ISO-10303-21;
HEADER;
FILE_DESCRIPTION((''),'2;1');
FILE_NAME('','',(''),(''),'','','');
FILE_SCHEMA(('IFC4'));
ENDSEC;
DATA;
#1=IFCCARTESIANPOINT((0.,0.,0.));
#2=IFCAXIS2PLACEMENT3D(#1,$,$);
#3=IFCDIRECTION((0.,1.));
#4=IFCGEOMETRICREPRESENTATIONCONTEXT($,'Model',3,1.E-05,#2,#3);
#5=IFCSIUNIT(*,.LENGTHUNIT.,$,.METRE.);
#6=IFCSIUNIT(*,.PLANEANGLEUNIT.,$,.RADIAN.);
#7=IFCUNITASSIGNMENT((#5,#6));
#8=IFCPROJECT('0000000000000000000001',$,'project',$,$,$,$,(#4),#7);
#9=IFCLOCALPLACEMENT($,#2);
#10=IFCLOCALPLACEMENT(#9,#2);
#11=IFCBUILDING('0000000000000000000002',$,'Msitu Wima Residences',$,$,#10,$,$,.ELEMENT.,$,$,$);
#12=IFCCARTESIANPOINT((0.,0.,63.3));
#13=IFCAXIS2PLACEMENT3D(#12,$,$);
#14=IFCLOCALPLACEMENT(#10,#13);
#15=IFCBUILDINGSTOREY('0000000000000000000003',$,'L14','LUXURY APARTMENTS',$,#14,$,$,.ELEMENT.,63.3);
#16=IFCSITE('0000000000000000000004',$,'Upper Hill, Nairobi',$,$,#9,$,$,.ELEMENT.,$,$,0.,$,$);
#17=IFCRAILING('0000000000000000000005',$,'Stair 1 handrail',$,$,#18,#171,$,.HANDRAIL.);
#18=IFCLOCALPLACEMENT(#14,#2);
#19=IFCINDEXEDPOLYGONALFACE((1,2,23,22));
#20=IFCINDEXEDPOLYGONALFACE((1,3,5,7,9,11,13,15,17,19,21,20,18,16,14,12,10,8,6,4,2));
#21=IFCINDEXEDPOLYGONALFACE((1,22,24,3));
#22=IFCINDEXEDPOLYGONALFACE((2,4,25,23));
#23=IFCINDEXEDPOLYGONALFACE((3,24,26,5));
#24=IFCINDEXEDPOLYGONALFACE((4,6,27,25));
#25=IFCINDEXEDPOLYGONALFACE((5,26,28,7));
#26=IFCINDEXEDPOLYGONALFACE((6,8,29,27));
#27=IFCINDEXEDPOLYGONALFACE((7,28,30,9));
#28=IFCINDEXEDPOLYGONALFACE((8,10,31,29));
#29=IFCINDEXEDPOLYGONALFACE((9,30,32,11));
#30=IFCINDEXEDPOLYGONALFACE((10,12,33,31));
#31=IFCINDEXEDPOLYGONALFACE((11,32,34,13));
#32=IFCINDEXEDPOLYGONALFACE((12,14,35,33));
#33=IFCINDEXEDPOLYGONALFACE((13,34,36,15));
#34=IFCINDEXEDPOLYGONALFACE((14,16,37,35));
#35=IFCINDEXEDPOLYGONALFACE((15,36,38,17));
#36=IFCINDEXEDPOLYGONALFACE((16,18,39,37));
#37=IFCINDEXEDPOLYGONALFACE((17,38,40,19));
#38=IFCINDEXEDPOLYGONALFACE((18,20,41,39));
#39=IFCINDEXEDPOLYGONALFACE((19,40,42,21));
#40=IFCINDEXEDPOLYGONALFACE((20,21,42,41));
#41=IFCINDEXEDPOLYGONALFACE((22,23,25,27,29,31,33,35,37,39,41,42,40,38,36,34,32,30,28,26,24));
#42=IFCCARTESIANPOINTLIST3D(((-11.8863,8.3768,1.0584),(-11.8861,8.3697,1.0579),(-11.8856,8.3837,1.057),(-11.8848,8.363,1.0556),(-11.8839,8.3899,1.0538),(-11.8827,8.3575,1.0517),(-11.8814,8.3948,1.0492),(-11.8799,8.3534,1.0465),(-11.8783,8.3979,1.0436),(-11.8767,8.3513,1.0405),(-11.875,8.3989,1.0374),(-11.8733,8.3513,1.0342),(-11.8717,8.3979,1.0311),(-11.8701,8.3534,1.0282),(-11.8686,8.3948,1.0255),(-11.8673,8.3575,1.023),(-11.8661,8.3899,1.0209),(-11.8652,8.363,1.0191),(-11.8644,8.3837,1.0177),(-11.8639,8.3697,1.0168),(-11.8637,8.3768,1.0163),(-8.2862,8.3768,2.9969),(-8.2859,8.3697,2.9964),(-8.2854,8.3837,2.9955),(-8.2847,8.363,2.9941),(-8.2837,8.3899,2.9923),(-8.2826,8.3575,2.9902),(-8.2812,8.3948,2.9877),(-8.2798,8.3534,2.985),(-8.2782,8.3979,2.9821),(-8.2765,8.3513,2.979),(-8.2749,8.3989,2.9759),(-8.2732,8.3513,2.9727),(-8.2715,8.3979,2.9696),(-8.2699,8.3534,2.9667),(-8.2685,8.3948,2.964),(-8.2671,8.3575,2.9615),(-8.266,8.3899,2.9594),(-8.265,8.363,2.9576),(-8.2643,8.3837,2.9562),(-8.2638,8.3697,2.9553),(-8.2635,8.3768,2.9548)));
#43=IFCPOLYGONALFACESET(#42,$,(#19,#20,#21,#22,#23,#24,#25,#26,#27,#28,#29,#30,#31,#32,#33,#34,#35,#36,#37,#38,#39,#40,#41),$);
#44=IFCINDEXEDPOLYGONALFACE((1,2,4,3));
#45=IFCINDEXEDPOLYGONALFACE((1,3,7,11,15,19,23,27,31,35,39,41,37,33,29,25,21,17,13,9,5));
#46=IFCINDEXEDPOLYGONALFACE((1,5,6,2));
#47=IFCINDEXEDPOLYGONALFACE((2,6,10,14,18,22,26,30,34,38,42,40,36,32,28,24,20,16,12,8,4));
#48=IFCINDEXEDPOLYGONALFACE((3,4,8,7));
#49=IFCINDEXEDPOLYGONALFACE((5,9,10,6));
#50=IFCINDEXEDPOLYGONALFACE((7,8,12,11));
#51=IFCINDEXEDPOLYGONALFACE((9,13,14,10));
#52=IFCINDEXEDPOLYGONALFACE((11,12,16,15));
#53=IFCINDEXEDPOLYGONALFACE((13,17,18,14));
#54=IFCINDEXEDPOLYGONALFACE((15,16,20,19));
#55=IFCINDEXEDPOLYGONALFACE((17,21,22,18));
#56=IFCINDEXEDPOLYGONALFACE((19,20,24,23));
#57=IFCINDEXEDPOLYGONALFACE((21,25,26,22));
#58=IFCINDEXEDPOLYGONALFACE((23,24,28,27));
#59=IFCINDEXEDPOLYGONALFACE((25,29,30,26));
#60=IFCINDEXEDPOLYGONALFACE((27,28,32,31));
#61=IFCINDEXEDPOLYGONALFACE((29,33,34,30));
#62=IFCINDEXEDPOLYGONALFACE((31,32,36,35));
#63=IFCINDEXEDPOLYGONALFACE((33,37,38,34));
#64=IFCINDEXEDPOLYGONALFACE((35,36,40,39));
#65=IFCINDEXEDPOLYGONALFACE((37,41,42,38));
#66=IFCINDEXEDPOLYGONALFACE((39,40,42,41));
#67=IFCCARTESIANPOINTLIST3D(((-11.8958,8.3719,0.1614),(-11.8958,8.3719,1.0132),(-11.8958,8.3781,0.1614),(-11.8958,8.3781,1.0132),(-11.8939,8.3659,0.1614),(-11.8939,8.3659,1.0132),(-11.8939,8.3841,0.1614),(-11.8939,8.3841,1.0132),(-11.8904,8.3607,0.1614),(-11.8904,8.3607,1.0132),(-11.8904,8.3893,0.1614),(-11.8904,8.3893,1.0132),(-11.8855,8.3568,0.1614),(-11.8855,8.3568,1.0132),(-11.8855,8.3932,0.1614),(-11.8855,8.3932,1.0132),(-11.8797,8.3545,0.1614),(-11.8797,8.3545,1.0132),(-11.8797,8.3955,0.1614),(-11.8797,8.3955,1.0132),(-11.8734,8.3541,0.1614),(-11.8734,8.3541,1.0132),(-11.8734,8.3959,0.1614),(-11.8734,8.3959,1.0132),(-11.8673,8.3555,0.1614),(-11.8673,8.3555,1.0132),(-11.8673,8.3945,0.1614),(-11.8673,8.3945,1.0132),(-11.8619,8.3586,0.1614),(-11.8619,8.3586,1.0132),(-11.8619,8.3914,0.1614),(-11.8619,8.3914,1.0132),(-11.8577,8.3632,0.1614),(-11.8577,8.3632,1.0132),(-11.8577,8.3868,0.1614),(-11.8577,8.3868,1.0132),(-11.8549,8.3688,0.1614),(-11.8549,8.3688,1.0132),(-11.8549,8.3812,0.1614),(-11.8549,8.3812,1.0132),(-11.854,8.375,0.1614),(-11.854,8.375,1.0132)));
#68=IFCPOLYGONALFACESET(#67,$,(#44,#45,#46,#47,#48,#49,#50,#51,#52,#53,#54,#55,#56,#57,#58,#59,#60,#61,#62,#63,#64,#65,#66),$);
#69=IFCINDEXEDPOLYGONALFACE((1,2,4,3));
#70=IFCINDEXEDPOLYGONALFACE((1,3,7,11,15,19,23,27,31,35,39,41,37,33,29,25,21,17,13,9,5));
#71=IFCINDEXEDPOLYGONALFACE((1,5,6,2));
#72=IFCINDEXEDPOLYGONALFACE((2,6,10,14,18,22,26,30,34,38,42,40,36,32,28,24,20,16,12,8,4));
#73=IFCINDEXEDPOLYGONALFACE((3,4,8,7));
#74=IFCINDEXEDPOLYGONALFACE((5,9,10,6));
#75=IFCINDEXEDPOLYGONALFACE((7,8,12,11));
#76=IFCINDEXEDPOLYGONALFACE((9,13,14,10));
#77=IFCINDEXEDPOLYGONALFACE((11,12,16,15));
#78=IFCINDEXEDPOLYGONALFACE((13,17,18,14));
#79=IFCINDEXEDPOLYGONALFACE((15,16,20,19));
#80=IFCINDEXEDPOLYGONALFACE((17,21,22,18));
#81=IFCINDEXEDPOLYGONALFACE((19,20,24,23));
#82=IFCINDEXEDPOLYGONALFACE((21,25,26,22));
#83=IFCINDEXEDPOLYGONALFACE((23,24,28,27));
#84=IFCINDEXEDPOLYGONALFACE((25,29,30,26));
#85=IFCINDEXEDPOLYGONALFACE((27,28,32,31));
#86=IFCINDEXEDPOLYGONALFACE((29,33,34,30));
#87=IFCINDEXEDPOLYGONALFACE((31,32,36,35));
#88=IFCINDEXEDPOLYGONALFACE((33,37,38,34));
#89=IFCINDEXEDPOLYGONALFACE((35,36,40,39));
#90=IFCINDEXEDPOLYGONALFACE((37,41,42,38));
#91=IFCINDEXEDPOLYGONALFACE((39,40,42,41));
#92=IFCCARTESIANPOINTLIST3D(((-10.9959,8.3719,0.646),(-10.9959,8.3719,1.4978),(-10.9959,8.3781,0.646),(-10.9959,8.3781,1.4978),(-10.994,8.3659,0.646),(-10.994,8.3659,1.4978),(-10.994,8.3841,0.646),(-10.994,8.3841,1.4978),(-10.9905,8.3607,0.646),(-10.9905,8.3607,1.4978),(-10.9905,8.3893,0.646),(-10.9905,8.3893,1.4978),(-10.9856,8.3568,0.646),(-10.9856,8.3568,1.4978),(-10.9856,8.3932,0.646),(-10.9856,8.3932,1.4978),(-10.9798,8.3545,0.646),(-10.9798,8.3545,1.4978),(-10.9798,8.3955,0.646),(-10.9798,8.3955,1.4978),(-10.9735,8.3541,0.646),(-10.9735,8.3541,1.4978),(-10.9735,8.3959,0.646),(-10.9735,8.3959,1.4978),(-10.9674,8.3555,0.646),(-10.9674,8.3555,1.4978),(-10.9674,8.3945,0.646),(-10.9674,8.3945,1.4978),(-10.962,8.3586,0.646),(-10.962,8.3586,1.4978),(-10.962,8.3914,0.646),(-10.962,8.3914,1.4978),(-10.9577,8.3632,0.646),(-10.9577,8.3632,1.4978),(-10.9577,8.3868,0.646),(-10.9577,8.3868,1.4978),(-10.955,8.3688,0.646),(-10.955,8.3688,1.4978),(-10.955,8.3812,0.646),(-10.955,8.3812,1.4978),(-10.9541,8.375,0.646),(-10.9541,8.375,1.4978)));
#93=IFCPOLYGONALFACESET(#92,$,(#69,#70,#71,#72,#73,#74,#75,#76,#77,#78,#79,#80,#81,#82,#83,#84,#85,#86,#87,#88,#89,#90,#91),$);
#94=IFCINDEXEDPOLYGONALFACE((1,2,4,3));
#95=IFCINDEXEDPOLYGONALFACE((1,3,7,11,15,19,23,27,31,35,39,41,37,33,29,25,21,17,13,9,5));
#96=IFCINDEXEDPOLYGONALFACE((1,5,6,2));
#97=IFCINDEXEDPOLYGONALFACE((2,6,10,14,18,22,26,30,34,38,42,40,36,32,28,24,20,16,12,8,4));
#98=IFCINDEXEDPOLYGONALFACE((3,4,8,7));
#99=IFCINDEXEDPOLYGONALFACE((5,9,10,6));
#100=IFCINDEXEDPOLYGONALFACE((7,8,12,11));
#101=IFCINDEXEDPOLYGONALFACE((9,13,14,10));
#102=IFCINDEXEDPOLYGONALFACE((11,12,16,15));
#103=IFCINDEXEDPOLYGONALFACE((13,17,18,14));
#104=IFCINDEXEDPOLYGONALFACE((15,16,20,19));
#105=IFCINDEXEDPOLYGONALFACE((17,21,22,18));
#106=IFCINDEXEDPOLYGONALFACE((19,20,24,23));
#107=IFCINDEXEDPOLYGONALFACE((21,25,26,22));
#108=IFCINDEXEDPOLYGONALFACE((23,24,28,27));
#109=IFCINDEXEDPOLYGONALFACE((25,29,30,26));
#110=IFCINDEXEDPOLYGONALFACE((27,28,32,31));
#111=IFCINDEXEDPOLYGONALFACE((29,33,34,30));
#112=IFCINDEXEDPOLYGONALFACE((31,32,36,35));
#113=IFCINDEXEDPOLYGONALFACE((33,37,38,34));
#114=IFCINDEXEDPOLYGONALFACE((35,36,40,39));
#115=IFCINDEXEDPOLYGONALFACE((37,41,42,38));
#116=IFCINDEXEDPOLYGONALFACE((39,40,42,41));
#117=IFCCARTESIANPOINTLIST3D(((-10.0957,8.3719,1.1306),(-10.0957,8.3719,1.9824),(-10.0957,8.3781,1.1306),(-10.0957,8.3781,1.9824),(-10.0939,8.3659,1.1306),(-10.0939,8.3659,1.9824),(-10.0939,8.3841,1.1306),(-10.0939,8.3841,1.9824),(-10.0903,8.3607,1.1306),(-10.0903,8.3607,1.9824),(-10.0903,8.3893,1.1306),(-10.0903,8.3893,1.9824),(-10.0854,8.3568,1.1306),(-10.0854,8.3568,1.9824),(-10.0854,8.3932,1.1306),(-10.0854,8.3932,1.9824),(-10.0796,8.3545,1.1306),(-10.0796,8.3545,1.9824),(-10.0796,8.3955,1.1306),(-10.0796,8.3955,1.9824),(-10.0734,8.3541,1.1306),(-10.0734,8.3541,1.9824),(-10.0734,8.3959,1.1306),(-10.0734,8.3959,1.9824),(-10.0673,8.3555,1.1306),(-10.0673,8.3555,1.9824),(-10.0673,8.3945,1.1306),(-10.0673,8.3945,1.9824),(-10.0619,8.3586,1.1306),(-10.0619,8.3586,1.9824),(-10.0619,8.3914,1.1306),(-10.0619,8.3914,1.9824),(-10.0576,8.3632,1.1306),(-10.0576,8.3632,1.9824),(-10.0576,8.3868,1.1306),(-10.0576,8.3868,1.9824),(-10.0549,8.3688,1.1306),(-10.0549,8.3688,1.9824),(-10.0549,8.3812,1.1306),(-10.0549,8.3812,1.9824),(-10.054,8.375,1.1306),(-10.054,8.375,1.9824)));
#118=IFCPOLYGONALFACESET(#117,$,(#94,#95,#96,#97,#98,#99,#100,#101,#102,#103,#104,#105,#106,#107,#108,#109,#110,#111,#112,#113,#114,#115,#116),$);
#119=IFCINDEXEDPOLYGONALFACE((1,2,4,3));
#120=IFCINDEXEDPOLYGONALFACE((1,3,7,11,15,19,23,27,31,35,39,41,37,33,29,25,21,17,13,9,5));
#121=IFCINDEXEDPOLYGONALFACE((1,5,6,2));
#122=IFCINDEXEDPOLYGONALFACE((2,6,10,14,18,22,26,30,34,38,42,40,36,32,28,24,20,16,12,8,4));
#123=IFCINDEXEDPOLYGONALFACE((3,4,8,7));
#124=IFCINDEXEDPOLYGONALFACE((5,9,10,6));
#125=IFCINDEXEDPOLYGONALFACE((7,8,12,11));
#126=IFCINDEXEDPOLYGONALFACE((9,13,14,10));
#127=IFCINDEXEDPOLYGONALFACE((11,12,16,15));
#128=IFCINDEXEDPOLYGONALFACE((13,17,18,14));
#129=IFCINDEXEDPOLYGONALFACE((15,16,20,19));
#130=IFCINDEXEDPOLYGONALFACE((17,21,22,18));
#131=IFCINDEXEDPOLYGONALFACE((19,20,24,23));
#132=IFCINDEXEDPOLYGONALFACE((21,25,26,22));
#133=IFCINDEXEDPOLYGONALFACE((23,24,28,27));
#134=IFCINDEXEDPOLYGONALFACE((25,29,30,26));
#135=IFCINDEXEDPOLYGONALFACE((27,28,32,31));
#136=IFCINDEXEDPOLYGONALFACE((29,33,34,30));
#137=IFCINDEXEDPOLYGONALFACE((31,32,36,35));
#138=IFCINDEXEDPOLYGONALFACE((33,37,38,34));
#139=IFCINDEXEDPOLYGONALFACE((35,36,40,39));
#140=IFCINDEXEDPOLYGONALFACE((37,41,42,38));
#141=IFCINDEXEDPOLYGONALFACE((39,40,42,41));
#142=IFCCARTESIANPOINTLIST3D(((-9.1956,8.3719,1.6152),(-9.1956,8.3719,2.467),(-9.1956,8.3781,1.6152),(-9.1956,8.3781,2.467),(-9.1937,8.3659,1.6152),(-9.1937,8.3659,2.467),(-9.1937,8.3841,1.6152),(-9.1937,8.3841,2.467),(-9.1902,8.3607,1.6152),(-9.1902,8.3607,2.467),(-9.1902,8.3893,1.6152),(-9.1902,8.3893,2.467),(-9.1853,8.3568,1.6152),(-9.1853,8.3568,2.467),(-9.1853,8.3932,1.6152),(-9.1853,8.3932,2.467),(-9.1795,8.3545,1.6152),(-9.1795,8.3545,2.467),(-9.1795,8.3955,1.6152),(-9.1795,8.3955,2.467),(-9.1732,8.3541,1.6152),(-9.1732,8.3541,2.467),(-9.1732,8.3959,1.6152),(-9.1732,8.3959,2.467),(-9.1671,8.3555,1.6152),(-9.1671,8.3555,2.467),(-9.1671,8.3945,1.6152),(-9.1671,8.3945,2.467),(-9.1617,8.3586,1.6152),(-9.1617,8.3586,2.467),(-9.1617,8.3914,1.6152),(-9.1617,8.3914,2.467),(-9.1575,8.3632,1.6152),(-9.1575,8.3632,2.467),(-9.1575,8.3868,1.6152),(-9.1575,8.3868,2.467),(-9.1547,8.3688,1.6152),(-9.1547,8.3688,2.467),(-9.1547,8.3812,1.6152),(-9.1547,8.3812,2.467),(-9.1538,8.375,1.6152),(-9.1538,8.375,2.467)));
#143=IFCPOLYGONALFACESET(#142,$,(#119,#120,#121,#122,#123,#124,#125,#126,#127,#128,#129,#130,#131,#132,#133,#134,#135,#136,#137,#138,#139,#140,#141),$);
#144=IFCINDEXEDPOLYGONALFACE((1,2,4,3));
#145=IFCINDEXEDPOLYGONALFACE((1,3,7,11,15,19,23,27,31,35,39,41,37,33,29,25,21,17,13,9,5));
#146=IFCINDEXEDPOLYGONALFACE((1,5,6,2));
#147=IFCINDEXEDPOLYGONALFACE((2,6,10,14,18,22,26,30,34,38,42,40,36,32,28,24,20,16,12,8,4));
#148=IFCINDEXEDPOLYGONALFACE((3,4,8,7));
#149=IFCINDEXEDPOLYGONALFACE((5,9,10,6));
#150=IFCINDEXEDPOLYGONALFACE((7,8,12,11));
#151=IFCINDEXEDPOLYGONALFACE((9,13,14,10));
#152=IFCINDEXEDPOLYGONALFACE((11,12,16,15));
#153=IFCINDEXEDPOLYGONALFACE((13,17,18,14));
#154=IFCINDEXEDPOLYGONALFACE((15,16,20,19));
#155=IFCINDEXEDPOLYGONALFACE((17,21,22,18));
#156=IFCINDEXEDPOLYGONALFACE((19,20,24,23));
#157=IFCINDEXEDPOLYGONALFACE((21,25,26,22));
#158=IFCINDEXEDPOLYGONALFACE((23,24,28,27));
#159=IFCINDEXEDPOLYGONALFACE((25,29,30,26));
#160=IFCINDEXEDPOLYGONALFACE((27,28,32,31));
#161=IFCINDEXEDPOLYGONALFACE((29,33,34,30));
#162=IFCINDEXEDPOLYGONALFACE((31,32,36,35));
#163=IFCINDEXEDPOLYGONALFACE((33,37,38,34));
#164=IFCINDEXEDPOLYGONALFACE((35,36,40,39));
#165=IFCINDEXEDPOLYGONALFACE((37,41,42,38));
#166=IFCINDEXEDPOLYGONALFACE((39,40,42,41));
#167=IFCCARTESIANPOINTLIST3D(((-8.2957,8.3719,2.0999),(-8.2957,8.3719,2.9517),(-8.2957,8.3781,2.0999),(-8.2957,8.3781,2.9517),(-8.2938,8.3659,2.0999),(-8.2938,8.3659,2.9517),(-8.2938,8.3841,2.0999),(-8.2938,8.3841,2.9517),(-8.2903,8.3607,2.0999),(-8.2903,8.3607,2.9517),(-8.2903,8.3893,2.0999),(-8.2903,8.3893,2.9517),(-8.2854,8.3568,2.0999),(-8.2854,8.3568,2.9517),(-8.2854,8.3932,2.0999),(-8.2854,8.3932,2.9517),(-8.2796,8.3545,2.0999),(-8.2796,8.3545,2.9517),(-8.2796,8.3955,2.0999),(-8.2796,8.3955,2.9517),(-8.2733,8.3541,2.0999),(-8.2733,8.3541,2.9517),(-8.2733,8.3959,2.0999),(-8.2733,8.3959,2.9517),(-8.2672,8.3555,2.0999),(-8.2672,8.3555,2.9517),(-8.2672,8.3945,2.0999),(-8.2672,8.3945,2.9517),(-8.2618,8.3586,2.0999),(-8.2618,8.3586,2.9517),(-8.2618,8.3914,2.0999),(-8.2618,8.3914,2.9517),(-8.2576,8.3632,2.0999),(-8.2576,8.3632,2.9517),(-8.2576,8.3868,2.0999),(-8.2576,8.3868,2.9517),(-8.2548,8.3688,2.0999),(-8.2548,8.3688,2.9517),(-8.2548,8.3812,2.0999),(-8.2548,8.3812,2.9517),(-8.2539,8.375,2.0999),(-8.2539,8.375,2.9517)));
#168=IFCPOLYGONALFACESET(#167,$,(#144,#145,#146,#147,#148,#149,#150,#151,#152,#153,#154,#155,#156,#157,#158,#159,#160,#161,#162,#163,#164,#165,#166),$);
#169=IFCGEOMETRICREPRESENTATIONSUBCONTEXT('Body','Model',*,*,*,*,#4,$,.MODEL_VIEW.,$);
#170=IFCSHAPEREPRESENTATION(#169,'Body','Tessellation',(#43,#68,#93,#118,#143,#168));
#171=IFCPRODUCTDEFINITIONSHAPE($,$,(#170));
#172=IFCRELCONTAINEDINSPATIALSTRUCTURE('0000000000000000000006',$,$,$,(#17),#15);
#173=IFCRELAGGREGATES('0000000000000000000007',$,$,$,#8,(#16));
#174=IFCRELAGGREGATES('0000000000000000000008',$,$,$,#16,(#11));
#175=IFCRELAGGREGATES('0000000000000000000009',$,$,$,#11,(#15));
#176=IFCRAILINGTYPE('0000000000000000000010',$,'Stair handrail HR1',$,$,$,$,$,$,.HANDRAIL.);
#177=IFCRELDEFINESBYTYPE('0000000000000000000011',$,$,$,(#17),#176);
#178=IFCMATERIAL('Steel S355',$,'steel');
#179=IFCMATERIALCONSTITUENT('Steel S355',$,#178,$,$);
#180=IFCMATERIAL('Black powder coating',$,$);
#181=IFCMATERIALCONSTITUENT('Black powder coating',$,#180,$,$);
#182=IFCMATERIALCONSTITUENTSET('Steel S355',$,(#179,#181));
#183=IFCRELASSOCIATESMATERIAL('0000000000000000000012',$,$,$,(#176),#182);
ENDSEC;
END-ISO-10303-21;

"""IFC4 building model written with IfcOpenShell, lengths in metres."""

from ifc_helpers import new_model, si_unit, direction, frame, origin, origin_2d, place, context, subcontext, project, spatial, circle, extrude, material, constituent, constituent_set, type_object, element, save


model = new_model("IFC4")

# Units and contexts
model_context = context("Model", 3, precision=1e-05, world=origin(), true_north=direction((0.0, 1.0)))
body_context = subcontext(model_context, "Body", "Model", "MODEL_VIEW")
ifc_project = project(units=[si_unit("LENGTHUNIT", "METRE"), si_unit("PLANEANGLEUNIT", "RADIAN")], contexts=[model_context])

# Site, building, storey
site_placement = place(None, origin())
site = spatial("IfcSite", under=ifc_project, at=site_placement, Name="Upper Hill, Nairobi", CompositionType="ELEMENT", RefElevation=0.0)
building_placement = place(site_placement, origin())
building = spatial("IfcBuilding", under=site, at=building_placement, Name="Msitu Wima Residences", CompositionType="ELEMENT")
storey_placement = place(building_placement, frame((0.0, 0.0, 63.3)))
storey = spatial("IfcBuildingStorey", under=building, at=storey_placement, Name="L14", Description="LUXURY APARTMENTS", CompositionType="ELEMENT", Elevation=63.3)

# Railing
ifc_material_1 = material(Name="Steel S355", Category="steel")
ifc_constituent_1 = constituent(ifc_material_1, Name="Steel S355")
ifc_material_2 = material(Name="Black powder coating")
ifc_constituent_2 = constituent(ifc_material_2, Name="Black powder coating")
ifc_constituent_set = constituent_set(constituents=[ifc_constituent_1, ifc_constituent_2], Name="Steel S355")
railing_type = type_object("IfcRailingType", Name="Stair handrail HR1", PredefinedType="HANDRAIL", material=ifc_constituent_set)
for number, where, name in (
    (1, (-11.875, 8.375, 0.1614), "Stair 1 handrail"),
):
    element("IfcRailing", number, at=place(storey_placement, frame(where)), inside=storey, type_object=railing_type, Name=name, PredefinedType="HANDRAIL", context=body_context, shape_type="SweptSolid", body=[
        extrude(circle(Radius=0.0239, at=origin_2d()), frame((0.0, 0.0, 0.876), z_axis=(0.880475, 0.0, 0.474093), x_axis=(0.0, 1.0, 0.0)), (0.0, 0.0, 1.0), 4.0889),
        extrude(circle(Radius=0.021, at=origin_2d()), origin(), (0.0, 0.0, 1.0), 0.8518),
        extrude(circle(Radius=0.021, at=origin_2d()), frame((0.8999, 0.0, 0.4846)), (0.0, 0.0, 1.0), 0.8518),
        extrude(circle(Radius=0.021, at=origin_2d()), frame((1.8, 0.0, 0.9692)), (0.0, 0.0, 1.0), 0.8518),
        extrude(circle(Radius=0.021, at=origin_2d()), frame((2.7002, 0.0, 1.4539)), (0.0, 0.0, 1.0), 0.8518),
        extrude(circle(Radius=0.021, at=origin_2d()), frame((3.6001, 0.0, 1.9385)), (0.0, 0.0, 1.0), 0.8518),
    ])

save(model, "model.ifc")
